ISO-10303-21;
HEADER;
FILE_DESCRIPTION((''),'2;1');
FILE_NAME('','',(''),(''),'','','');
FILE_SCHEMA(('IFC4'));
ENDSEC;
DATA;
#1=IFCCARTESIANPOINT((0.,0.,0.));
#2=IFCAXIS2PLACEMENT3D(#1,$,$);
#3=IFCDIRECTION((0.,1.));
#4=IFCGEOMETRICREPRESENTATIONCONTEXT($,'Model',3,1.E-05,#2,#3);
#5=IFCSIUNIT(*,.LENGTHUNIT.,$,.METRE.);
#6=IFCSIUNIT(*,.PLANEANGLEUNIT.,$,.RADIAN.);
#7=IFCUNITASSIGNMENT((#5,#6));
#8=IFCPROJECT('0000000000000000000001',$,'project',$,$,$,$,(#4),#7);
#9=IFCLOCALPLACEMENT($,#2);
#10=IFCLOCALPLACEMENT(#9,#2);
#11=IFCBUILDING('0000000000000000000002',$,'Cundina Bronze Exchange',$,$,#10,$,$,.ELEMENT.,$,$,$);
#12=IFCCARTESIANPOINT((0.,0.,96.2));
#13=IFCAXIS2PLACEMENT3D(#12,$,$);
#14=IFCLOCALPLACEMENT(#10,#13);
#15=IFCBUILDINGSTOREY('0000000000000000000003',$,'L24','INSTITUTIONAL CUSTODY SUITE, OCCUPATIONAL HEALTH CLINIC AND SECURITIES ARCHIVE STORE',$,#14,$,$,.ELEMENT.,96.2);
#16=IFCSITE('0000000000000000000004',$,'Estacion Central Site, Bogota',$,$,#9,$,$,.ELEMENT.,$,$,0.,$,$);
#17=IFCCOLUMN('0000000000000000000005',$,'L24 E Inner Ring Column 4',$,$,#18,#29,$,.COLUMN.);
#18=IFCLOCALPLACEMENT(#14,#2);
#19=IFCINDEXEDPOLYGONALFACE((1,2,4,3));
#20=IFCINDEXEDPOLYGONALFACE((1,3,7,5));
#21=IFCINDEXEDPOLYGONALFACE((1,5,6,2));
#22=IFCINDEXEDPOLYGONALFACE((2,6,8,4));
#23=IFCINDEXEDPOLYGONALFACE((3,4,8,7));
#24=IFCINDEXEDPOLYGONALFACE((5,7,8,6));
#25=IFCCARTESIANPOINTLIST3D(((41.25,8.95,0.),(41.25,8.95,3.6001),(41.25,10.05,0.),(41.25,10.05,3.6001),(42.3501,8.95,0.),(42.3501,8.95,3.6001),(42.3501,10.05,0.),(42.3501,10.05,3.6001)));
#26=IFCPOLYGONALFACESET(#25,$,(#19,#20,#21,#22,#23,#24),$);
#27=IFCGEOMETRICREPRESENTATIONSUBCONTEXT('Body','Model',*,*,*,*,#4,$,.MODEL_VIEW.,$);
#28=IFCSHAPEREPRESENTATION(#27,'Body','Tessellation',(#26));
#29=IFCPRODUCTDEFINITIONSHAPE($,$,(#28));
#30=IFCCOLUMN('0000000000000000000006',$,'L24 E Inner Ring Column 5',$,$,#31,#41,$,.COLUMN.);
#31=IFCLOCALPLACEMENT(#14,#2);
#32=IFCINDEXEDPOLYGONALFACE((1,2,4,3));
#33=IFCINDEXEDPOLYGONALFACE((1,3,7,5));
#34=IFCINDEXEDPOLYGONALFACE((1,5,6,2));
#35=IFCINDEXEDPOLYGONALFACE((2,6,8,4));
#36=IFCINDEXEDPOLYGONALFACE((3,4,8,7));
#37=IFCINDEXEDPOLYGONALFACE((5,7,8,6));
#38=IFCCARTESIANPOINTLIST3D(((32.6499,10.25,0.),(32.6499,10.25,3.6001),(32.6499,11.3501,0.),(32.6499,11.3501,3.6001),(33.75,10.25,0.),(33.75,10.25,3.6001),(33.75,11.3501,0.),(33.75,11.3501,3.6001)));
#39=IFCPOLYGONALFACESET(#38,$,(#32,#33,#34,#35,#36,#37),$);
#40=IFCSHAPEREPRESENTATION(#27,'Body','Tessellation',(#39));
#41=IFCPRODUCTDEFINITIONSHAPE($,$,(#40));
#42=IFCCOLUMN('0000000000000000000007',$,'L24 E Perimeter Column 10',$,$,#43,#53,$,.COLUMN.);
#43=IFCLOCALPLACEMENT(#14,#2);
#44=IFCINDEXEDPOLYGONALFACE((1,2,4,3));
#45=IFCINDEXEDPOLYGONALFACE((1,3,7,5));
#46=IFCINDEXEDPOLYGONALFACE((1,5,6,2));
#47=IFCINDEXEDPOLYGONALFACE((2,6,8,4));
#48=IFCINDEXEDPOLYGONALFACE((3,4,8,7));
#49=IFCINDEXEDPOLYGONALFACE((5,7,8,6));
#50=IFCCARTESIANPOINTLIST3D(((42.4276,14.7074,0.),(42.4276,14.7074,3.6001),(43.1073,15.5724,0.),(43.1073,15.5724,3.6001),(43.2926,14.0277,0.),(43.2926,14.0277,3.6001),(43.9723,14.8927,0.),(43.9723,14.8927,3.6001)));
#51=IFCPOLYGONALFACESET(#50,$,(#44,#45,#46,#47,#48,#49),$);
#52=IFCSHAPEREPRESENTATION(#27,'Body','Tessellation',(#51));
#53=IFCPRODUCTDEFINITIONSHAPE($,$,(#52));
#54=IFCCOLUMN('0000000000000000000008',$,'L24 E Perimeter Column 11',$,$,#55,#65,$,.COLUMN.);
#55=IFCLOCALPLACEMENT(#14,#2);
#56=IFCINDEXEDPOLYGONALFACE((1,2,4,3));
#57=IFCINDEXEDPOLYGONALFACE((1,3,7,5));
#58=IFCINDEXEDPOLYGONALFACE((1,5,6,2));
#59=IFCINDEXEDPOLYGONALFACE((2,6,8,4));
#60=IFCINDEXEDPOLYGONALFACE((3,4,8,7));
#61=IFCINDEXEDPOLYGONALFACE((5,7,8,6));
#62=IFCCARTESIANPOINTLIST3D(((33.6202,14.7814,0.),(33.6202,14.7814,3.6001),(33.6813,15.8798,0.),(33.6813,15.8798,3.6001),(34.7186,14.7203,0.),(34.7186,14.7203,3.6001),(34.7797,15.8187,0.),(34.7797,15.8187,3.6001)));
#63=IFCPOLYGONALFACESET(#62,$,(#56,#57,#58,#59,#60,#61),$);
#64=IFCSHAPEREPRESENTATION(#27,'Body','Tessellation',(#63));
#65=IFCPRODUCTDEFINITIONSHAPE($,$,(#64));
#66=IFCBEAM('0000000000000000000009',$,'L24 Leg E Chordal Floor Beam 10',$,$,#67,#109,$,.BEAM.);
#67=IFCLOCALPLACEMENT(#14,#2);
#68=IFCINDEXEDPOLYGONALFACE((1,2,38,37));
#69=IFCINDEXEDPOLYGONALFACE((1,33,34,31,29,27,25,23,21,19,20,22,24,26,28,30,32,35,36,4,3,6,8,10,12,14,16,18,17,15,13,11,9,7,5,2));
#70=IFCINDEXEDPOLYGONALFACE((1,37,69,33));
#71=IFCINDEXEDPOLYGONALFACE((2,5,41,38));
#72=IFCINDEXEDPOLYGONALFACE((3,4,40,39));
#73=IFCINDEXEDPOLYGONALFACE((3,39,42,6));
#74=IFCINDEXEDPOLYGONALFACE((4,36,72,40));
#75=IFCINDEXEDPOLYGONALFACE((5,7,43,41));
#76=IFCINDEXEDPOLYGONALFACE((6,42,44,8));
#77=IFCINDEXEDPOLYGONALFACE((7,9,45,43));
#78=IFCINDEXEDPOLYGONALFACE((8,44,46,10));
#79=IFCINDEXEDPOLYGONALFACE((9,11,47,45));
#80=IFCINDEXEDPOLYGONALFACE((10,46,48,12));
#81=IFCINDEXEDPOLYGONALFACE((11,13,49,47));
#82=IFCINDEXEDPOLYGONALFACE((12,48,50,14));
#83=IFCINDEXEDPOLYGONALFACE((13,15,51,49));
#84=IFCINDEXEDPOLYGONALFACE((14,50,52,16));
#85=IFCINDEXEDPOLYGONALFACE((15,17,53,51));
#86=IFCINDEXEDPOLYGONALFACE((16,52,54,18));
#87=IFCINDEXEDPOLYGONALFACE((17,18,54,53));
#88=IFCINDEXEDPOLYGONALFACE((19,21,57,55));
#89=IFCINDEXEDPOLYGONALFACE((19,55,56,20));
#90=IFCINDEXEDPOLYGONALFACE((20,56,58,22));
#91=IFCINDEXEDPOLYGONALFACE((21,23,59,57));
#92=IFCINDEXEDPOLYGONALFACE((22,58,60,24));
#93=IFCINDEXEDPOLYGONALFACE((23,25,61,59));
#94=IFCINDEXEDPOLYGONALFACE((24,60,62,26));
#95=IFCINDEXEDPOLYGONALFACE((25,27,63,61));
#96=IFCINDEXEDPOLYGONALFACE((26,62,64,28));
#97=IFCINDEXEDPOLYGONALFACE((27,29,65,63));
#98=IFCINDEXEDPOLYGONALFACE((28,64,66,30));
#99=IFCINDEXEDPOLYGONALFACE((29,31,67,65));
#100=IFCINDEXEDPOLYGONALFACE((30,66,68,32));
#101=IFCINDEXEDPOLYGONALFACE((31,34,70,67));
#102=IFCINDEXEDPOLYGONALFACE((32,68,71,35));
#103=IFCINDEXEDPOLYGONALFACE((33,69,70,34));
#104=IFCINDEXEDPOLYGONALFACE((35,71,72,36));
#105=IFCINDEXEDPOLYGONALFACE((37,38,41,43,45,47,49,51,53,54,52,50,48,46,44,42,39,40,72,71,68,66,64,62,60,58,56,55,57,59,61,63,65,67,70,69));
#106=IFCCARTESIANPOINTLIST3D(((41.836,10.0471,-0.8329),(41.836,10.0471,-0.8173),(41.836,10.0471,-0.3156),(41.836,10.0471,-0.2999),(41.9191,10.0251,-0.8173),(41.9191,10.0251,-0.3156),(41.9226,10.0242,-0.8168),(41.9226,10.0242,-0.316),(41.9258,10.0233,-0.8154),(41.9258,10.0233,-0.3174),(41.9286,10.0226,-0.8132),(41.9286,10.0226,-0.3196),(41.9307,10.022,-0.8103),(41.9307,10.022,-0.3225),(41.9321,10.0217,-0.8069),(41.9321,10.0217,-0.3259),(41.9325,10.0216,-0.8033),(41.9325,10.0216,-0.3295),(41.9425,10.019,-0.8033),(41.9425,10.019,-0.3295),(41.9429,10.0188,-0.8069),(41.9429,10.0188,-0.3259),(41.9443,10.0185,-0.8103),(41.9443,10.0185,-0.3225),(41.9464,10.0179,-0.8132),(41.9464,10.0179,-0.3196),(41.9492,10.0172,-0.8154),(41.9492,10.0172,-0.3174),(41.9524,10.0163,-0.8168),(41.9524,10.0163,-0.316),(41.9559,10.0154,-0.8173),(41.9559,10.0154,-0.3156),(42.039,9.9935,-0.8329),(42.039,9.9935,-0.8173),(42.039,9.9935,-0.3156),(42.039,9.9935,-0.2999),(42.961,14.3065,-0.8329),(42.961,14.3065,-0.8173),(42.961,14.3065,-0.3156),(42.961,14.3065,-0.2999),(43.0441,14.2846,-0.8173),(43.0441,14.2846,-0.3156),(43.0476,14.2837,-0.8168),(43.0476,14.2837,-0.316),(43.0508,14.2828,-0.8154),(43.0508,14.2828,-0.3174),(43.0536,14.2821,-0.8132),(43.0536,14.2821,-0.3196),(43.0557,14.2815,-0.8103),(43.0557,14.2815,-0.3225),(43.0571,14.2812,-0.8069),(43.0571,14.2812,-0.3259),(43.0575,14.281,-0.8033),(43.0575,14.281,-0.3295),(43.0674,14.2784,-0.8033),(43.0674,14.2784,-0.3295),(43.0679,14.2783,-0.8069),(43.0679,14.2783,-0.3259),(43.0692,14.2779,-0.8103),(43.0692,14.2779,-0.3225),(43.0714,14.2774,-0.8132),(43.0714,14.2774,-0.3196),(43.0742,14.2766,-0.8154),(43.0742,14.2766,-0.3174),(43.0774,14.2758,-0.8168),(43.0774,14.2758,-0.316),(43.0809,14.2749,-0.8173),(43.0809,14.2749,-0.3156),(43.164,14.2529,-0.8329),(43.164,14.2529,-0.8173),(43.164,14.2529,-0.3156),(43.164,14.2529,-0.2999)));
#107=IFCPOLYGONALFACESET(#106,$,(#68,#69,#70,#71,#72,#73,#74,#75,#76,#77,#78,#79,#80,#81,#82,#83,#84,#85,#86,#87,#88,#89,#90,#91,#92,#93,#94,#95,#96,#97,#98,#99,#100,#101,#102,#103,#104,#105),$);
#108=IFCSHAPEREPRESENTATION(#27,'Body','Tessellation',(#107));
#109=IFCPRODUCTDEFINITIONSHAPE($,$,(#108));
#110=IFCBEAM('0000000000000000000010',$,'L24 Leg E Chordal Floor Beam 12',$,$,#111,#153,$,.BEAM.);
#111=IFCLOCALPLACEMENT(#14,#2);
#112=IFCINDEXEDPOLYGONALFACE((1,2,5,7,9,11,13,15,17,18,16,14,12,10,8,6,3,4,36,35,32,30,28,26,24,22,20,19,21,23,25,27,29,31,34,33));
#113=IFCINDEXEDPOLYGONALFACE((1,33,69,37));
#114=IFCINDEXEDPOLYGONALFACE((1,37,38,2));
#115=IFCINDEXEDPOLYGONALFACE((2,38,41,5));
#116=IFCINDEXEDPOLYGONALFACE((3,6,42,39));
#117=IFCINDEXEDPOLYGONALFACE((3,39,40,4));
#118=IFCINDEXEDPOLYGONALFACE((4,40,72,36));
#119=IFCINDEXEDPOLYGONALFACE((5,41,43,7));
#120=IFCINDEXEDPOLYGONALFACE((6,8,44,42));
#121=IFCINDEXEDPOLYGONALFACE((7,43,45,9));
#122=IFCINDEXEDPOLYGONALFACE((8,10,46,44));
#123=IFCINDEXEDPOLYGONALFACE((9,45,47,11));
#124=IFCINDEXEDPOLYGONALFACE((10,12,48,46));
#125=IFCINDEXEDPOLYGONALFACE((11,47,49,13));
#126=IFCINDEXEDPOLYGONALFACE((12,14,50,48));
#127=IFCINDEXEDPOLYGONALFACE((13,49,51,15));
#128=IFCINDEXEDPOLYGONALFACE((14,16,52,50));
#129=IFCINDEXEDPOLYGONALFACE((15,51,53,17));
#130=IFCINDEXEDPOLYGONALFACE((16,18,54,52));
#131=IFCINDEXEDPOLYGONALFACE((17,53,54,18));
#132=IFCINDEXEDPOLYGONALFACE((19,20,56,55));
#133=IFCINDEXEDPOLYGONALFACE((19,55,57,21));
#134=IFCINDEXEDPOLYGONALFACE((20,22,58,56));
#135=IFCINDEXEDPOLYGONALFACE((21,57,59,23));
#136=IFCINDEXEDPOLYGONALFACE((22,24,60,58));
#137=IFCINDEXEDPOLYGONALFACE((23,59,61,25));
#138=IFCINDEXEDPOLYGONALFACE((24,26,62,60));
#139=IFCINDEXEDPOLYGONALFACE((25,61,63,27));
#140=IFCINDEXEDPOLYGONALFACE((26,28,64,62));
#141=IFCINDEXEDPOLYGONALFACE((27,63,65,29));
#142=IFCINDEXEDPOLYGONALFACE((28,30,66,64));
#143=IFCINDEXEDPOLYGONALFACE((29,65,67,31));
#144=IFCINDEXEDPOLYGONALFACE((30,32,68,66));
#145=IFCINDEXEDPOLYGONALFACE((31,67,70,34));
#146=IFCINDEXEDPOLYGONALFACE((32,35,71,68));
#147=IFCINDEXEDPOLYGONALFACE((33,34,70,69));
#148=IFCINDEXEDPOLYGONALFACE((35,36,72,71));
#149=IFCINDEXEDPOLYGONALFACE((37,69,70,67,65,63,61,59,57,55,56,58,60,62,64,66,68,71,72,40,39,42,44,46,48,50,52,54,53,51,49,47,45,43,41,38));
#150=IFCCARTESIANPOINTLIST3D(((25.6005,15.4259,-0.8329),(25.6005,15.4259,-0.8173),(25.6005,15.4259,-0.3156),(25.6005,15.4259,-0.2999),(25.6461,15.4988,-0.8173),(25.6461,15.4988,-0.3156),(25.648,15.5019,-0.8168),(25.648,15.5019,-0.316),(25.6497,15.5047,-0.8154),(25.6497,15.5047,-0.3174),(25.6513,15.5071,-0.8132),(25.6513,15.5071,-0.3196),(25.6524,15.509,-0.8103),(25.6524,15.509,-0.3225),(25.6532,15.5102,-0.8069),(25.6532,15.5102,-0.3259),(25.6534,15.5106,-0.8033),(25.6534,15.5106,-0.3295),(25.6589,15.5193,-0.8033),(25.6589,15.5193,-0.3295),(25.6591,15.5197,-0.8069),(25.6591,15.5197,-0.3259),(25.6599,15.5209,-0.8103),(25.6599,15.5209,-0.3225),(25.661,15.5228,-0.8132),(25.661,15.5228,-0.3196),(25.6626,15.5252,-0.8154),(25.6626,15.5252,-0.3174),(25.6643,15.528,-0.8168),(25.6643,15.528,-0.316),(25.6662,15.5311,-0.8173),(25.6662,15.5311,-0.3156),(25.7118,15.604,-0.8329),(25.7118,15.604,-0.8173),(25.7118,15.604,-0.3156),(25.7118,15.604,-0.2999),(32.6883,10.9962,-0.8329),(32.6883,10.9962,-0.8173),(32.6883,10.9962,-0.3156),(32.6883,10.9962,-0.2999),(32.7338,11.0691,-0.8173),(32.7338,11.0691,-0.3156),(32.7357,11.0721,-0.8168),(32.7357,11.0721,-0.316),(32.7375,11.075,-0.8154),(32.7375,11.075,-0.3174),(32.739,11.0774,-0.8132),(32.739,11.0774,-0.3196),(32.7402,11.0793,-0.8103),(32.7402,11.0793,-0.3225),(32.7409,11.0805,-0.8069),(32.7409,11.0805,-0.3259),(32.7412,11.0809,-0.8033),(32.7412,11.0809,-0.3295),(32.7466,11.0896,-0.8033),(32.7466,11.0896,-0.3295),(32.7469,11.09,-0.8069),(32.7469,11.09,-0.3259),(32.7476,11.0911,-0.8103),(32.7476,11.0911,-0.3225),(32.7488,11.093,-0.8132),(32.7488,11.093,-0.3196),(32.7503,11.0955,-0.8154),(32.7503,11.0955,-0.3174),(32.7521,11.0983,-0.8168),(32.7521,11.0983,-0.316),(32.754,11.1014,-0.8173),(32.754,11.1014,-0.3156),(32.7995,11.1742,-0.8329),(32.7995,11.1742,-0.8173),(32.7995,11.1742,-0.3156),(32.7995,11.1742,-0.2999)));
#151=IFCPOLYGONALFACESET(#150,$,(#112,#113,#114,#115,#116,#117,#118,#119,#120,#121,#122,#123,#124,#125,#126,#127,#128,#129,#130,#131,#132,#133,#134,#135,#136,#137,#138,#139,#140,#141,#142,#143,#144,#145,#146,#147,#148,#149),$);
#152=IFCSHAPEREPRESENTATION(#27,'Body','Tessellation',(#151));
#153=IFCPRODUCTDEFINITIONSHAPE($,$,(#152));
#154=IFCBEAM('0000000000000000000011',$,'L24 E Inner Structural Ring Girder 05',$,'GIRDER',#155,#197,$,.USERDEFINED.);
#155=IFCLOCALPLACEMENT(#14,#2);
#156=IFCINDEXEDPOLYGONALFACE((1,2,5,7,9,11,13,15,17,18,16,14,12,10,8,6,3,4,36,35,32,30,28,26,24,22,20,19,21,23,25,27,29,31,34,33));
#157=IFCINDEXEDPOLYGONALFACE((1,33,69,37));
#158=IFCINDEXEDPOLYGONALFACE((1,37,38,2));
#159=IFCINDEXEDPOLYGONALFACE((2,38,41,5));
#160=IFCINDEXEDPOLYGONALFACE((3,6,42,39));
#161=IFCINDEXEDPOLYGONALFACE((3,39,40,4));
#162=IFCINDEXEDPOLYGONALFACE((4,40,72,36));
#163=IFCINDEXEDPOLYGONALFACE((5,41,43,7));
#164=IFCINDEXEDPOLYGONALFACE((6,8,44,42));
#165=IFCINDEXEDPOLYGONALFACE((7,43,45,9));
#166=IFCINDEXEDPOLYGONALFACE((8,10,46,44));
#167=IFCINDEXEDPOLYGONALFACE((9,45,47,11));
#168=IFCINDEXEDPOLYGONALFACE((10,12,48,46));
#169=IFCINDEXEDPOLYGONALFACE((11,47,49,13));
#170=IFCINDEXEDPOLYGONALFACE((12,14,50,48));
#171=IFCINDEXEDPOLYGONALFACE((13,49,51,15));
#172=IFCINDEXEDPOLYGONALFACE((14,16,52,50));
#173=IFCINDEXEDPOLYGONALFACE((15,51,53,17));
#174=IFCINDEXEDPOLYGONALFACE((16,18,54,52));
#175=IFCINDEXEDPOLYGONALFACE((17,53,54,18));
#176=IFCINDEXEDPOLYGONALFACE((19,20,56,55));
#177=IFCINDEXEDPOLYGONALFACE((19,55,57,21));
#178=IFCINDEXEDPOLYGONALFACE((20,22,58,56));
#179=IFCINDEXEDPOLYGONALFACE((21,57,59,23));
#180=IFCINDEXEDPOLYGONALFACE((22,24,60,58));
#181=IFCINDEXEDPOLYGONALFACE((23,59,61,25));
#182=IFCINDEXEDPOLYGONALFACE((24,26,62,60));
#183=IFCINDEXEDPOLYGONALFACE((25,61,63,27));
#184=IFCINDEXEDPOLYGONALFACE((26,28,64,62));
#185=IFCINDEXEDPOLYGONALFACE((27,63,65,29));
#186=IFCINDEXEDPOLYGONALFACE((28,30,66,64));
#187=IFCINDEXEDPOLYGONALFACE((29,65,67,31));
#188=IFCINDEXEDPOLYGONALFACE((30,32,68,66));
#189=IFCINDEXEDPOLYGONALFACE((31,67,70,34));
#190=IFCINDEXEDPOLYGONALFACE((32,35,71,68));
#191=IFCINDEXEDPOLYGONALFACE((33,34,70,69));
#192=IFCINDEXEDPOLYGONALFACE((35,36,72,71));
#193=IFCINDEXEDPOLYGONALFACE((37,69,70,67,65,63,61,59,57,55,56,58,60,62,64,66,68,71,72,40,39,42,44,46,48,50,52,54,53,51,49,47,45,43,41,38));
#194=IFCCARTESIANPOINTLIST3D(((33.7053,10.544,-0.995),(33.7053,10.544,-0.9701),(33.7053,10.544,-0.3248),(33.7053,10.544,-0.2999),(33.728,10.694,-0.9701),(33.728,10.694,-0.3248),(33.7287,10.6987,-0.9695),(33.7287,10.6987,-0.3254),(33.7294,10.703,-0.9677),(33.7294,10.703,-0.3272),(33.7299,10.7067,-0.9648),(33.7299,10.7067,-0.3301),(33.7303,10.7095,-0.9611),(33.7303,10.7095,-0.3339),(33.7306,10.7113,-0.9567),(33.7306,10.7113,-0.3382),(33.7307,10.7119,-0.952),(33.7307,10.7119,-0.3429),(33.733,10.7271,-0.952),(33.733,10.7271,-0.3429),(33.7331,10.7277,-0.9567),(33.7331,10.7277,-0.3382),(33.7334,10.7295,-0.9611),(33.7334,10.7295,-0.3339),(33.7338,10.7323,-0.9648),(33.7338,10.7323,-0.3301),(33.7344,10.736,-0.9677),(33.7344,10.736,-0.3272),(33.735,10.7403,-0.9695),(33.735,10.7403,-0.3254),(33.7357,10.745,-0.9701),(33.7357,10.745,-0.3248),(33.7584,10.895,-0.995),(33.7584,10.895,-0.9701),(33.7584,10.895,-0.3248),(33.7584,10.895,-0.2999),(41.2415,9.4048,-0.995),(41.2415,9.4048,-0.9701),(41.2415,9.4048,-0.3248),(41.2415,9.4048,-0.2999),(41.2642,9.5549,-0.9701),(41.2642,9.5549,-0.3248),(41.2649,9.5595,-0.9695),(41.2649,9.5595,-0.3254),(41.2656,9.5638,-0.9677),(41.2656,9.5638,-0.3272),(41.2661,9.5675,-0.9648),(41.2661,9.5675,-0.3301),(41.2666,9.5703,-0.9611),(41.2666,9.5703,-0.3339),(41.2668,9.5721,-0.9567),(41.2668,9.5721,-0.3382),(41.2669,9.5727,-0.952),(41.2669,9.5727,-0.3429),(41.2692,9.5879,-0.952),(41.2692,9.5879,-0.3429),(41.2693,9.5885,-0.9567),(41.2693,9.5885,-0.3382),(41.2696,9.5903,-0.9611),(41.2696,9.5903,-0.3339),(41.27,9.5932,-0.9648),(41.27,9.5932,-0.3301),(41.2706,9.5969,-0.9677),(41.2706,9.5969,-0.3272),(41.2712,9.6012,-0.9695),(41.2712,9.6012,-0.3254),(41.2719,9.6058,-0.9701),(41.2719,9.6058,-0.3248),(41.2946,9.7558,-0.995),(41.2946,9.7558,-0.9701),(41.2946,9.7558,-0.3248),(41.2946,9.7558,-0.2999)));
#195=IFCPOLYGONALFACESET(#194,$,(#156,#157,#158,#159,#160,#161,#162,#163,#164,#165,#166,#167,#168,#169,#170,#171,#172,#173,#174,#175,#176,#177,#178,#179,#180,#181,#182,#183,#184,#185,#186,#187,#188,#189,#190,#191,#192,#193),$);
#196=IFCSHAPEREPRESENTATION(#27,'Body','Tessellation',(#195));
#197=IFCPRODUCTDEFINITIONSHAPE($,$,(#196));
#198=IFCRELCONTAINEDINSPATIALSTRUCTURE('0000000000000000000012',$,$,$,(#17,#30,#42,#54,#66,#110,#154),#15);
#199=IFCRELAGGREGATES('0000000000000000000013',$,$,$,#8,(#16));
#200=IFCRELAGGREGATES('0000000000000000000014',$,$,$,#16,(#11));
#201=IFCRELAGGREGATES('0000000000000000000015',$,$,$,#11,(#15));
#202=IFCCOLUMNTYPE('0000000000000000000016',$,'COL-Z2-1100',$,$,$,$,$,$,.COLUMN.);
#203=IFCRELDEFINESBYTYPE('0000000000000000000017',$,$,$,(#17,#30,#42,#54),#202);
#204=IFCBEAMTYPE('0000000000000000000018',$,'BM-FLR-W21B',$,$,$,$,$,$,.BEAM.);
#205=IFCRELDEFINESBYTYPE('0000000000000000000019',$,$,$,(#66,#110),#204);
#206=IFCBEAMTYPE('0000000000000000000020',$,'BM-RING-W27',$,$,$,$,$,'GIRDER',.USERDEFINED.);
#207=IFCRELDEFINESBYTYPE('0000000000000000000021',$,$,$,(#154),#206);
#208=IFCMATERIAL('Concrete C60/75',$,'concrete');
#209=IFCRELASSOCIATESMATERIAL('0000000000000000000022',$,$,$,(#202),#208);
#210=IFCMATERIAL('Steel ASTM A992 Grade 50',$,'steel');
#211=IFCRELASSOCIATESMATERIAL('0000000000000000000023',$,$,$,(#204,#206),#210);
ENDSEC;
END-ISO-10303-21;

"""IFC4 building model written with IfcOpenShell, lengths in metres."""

from ifc_helpers import new_model, si_unit, direction, frame, origin, origin_2d, place, context, subcontext, project, spatial, rectangle, i_section, extrude, material, material_profile, profile_set, type_object, element, save


model = new_model("IFC4")

# Units and contexts
model_context = context("Model", 3, precision=1e-05, world=origin(), true_north=direction((0.0, 1.0)))
body_context = subcontext(model_context, "Body", "Model", "MODEL_VIEW")
ifc_project = project(units=[si_unit("LENGTHUNIT", "METRE"), si_unit("PLANEANGLEUNIT", "RADIAN")], contexts=[model_context])

# Site, building, storey
site_placement = place(None, origin())
site = spatial("IfcSite", under=ifc_project, at=site_placement, Name="Estacion Central Site, Bogota", CompositionType="ELEMENT", RefElevation=0.0)
building_placement = place(site_placement, origin())
building = spatial("IfcBuilding", under=site, at=building_placement, Name="Cundina Bronze Exchange", CompositionType="ELEMENT")
storey_placement = place(building_placement, frame((0.0, 0.0, 96.2)))
storey = spatial("IfcBuildingStorey", under=building, at=storey_placement, Name="L24", Description="INSTITUTIONAL CUSTODY SUITE, OCCUPATIONAL HEALTH CLINIC AND SECURITIES ARCHIVE STORE", CompositionType="ELEMENT", Elevation=96.2)

# Columns
ifc_material_1 = material(Name="Concrete C60/75", Category="concrete")
ifc_material_profile_1 = material_profile(ifc_material_1, rectangle(XDim=1.1001, YDim=1.1001, at=origin_2d()), Name="RC1100X1100", Category="concrete")
ifc_profile_set_1 = profile_set([ifc_material_profile_1], Name="Concrete C60/75")
column_type = type_object("IfcColumnType", Name="COL-Z2-1100", PredefinedType="COLUMN", material=ifc_profile_set_1)
for number, where, z_axis, x_axis, name in (
    (1, (41.8, 9.5, 0.0), (0.0, 0.0, 1.0), (1.0, 0.0, 0.0), "L24 E Inner Ring Column 4"),
    (2, (33.2, 10.8, 0.0), (0.0, 0.0, 1.0), (1.0, 0.0, 0.0), "L24 E Inner Ring Column 5"),
    (3, (43.2, 14.8, 0.0), (0.0, 0.0, 1.0), (-0.786288, 0.61786, 0.0), "L24 E Perimeter Column 10"),
    (4, (34.2, 15.3, 0.0), (0.0, 0.0, 1.0), (-0.99846, 0.055473, 0.0), "L24 E Perimeter Column 11"),
):
    element("IfcColumn", number, at=place(storey_placement, frame(where, z_axis=z_axis, x_axis=x_axis)), inside=storey, type_object=column_type, Name=name, PredefinedType="COLUMN", context=body_context, shape_type="SweptSolid", body=[
        extrude(rectangle(XDim=1.1001, YDim=1.1001, at=origin_2d()), origin(), (0.0, 0.0, 1.0), 3.6001),
    ])

# Beams
ifc_material_2 = material(Name="Steel ASTM A992 Grade 50", Category="steel")
ifc_material_profile_2 = material_profile(ifc_material_2, i_section(OverallWidth=0.21, OverallDepth=0.533, WebThickness=0.0103, FlangeThickness=0.0156, FilletRadius=0.0139, at=origin_2d()), Name="W21X62", Category="steel")
ifc_profile_set_2 = profile_set([ifc_material_profile_2], Name="Steel ASTM A992 Grade 50")
beam_type_1 = type_object("IfcBeamType", Name="BM-FLR-W21B", PredefinedType="BEAM", material=ifc_profile_set_2)
beam_1_placement = place(storey_placement, frame((41.9375, 10.0203, -0.5664), z_axis=(0.255358, 0.966847, 0.0), x_axis=(-0.966847, 0.255358, 0.0)))
element("IfcBeam", 5, at=beam_1_placement, inside=storey, type_object=beam_type_1, Name="L24 Leg E Chordal Floor Beam 10", PredefinedType="BEAM", context=body_context, shape_type="SweptSolid", body=[
    extrude(i_section(OverallWidth=0.21, OverallDepth=0.533, WebThickness=0.0103, FlangeThickness=0.0156, FilletRadius=0.0139, at=origin_2d()), origin(), (0.0, 0.0, 1.0), 4.4055),
])
beam_2_placement = place(storey_placement, frame((32.7439, 11.0852, -0.5664), z_axis=(-0.848003, 0.529991, 0.0), x_axis=(-0.529991, -0.848003, 0.0)))
element("IfcBeam", 6, at=beam_2_placement, inside=storey, type_object=beam_type_1, Name="L24 Leg E Chordal Floor Beam 12", PredefinedType="BEAM", context=body_context, shape_type="SweptSolid", body=[
    extrude(i_section(OverallWidth=0.21, OverallDepth=0.533, WebThickness=0.0103, FlangeThickness=0.0156, FilletRadius=0.0139, at=origin_2d()), origin(), (0.0, 0.0, 1.0), 8.3582),
])
ifc_material_profile_3 = material_profile(ifc_material_2, i_section(OverallWidth=0.355, OverallDepth=0.6951, WebThickness=0.0154, FlangeThickness=0.0249, FilletRadius=0.0181, at=origin_2d()), Name="W27X146", Category="steel")
ifc_profile_set_3 = profile_set([ifc_material_profile_3], Name="Steel ASTM A992 Grade 50")
beam_type_2 = type_object("IfcBeamType", Name="BM-RING-W27", ElementType="GIRDER", PredefinedType="USERDEFINED", material=ifc_profile_set_3)
beam_3_placement = place(storey_placement, frame((41.2681, 9.5803, -0.6475), z_axis=(-0.988767, 0.149462, 0.0), x_axis=(-0.149462, -0.988767, 0.0)))
element("IfcBeam", 7, at=beam_3_placement, inside=storey, type_object=beam_type_2, Name="L24 E Inner Structural Ring Girder 05", ObjectType="GIRDER", PredefinedType="USERDEFINED", context=body_context, shape_type="SweptSolid", body=[
    extrude(i_section(OverallWidth=0.355, OverallDepth=0.6951, WebThickness=0.0154, FlangeThickness=0.0249, FilletRadius=0.0181, at=origin_2d()), origin(), (0.0, 0.0, 1.0), 7.6218),
])

save(model, "model.ifc")
